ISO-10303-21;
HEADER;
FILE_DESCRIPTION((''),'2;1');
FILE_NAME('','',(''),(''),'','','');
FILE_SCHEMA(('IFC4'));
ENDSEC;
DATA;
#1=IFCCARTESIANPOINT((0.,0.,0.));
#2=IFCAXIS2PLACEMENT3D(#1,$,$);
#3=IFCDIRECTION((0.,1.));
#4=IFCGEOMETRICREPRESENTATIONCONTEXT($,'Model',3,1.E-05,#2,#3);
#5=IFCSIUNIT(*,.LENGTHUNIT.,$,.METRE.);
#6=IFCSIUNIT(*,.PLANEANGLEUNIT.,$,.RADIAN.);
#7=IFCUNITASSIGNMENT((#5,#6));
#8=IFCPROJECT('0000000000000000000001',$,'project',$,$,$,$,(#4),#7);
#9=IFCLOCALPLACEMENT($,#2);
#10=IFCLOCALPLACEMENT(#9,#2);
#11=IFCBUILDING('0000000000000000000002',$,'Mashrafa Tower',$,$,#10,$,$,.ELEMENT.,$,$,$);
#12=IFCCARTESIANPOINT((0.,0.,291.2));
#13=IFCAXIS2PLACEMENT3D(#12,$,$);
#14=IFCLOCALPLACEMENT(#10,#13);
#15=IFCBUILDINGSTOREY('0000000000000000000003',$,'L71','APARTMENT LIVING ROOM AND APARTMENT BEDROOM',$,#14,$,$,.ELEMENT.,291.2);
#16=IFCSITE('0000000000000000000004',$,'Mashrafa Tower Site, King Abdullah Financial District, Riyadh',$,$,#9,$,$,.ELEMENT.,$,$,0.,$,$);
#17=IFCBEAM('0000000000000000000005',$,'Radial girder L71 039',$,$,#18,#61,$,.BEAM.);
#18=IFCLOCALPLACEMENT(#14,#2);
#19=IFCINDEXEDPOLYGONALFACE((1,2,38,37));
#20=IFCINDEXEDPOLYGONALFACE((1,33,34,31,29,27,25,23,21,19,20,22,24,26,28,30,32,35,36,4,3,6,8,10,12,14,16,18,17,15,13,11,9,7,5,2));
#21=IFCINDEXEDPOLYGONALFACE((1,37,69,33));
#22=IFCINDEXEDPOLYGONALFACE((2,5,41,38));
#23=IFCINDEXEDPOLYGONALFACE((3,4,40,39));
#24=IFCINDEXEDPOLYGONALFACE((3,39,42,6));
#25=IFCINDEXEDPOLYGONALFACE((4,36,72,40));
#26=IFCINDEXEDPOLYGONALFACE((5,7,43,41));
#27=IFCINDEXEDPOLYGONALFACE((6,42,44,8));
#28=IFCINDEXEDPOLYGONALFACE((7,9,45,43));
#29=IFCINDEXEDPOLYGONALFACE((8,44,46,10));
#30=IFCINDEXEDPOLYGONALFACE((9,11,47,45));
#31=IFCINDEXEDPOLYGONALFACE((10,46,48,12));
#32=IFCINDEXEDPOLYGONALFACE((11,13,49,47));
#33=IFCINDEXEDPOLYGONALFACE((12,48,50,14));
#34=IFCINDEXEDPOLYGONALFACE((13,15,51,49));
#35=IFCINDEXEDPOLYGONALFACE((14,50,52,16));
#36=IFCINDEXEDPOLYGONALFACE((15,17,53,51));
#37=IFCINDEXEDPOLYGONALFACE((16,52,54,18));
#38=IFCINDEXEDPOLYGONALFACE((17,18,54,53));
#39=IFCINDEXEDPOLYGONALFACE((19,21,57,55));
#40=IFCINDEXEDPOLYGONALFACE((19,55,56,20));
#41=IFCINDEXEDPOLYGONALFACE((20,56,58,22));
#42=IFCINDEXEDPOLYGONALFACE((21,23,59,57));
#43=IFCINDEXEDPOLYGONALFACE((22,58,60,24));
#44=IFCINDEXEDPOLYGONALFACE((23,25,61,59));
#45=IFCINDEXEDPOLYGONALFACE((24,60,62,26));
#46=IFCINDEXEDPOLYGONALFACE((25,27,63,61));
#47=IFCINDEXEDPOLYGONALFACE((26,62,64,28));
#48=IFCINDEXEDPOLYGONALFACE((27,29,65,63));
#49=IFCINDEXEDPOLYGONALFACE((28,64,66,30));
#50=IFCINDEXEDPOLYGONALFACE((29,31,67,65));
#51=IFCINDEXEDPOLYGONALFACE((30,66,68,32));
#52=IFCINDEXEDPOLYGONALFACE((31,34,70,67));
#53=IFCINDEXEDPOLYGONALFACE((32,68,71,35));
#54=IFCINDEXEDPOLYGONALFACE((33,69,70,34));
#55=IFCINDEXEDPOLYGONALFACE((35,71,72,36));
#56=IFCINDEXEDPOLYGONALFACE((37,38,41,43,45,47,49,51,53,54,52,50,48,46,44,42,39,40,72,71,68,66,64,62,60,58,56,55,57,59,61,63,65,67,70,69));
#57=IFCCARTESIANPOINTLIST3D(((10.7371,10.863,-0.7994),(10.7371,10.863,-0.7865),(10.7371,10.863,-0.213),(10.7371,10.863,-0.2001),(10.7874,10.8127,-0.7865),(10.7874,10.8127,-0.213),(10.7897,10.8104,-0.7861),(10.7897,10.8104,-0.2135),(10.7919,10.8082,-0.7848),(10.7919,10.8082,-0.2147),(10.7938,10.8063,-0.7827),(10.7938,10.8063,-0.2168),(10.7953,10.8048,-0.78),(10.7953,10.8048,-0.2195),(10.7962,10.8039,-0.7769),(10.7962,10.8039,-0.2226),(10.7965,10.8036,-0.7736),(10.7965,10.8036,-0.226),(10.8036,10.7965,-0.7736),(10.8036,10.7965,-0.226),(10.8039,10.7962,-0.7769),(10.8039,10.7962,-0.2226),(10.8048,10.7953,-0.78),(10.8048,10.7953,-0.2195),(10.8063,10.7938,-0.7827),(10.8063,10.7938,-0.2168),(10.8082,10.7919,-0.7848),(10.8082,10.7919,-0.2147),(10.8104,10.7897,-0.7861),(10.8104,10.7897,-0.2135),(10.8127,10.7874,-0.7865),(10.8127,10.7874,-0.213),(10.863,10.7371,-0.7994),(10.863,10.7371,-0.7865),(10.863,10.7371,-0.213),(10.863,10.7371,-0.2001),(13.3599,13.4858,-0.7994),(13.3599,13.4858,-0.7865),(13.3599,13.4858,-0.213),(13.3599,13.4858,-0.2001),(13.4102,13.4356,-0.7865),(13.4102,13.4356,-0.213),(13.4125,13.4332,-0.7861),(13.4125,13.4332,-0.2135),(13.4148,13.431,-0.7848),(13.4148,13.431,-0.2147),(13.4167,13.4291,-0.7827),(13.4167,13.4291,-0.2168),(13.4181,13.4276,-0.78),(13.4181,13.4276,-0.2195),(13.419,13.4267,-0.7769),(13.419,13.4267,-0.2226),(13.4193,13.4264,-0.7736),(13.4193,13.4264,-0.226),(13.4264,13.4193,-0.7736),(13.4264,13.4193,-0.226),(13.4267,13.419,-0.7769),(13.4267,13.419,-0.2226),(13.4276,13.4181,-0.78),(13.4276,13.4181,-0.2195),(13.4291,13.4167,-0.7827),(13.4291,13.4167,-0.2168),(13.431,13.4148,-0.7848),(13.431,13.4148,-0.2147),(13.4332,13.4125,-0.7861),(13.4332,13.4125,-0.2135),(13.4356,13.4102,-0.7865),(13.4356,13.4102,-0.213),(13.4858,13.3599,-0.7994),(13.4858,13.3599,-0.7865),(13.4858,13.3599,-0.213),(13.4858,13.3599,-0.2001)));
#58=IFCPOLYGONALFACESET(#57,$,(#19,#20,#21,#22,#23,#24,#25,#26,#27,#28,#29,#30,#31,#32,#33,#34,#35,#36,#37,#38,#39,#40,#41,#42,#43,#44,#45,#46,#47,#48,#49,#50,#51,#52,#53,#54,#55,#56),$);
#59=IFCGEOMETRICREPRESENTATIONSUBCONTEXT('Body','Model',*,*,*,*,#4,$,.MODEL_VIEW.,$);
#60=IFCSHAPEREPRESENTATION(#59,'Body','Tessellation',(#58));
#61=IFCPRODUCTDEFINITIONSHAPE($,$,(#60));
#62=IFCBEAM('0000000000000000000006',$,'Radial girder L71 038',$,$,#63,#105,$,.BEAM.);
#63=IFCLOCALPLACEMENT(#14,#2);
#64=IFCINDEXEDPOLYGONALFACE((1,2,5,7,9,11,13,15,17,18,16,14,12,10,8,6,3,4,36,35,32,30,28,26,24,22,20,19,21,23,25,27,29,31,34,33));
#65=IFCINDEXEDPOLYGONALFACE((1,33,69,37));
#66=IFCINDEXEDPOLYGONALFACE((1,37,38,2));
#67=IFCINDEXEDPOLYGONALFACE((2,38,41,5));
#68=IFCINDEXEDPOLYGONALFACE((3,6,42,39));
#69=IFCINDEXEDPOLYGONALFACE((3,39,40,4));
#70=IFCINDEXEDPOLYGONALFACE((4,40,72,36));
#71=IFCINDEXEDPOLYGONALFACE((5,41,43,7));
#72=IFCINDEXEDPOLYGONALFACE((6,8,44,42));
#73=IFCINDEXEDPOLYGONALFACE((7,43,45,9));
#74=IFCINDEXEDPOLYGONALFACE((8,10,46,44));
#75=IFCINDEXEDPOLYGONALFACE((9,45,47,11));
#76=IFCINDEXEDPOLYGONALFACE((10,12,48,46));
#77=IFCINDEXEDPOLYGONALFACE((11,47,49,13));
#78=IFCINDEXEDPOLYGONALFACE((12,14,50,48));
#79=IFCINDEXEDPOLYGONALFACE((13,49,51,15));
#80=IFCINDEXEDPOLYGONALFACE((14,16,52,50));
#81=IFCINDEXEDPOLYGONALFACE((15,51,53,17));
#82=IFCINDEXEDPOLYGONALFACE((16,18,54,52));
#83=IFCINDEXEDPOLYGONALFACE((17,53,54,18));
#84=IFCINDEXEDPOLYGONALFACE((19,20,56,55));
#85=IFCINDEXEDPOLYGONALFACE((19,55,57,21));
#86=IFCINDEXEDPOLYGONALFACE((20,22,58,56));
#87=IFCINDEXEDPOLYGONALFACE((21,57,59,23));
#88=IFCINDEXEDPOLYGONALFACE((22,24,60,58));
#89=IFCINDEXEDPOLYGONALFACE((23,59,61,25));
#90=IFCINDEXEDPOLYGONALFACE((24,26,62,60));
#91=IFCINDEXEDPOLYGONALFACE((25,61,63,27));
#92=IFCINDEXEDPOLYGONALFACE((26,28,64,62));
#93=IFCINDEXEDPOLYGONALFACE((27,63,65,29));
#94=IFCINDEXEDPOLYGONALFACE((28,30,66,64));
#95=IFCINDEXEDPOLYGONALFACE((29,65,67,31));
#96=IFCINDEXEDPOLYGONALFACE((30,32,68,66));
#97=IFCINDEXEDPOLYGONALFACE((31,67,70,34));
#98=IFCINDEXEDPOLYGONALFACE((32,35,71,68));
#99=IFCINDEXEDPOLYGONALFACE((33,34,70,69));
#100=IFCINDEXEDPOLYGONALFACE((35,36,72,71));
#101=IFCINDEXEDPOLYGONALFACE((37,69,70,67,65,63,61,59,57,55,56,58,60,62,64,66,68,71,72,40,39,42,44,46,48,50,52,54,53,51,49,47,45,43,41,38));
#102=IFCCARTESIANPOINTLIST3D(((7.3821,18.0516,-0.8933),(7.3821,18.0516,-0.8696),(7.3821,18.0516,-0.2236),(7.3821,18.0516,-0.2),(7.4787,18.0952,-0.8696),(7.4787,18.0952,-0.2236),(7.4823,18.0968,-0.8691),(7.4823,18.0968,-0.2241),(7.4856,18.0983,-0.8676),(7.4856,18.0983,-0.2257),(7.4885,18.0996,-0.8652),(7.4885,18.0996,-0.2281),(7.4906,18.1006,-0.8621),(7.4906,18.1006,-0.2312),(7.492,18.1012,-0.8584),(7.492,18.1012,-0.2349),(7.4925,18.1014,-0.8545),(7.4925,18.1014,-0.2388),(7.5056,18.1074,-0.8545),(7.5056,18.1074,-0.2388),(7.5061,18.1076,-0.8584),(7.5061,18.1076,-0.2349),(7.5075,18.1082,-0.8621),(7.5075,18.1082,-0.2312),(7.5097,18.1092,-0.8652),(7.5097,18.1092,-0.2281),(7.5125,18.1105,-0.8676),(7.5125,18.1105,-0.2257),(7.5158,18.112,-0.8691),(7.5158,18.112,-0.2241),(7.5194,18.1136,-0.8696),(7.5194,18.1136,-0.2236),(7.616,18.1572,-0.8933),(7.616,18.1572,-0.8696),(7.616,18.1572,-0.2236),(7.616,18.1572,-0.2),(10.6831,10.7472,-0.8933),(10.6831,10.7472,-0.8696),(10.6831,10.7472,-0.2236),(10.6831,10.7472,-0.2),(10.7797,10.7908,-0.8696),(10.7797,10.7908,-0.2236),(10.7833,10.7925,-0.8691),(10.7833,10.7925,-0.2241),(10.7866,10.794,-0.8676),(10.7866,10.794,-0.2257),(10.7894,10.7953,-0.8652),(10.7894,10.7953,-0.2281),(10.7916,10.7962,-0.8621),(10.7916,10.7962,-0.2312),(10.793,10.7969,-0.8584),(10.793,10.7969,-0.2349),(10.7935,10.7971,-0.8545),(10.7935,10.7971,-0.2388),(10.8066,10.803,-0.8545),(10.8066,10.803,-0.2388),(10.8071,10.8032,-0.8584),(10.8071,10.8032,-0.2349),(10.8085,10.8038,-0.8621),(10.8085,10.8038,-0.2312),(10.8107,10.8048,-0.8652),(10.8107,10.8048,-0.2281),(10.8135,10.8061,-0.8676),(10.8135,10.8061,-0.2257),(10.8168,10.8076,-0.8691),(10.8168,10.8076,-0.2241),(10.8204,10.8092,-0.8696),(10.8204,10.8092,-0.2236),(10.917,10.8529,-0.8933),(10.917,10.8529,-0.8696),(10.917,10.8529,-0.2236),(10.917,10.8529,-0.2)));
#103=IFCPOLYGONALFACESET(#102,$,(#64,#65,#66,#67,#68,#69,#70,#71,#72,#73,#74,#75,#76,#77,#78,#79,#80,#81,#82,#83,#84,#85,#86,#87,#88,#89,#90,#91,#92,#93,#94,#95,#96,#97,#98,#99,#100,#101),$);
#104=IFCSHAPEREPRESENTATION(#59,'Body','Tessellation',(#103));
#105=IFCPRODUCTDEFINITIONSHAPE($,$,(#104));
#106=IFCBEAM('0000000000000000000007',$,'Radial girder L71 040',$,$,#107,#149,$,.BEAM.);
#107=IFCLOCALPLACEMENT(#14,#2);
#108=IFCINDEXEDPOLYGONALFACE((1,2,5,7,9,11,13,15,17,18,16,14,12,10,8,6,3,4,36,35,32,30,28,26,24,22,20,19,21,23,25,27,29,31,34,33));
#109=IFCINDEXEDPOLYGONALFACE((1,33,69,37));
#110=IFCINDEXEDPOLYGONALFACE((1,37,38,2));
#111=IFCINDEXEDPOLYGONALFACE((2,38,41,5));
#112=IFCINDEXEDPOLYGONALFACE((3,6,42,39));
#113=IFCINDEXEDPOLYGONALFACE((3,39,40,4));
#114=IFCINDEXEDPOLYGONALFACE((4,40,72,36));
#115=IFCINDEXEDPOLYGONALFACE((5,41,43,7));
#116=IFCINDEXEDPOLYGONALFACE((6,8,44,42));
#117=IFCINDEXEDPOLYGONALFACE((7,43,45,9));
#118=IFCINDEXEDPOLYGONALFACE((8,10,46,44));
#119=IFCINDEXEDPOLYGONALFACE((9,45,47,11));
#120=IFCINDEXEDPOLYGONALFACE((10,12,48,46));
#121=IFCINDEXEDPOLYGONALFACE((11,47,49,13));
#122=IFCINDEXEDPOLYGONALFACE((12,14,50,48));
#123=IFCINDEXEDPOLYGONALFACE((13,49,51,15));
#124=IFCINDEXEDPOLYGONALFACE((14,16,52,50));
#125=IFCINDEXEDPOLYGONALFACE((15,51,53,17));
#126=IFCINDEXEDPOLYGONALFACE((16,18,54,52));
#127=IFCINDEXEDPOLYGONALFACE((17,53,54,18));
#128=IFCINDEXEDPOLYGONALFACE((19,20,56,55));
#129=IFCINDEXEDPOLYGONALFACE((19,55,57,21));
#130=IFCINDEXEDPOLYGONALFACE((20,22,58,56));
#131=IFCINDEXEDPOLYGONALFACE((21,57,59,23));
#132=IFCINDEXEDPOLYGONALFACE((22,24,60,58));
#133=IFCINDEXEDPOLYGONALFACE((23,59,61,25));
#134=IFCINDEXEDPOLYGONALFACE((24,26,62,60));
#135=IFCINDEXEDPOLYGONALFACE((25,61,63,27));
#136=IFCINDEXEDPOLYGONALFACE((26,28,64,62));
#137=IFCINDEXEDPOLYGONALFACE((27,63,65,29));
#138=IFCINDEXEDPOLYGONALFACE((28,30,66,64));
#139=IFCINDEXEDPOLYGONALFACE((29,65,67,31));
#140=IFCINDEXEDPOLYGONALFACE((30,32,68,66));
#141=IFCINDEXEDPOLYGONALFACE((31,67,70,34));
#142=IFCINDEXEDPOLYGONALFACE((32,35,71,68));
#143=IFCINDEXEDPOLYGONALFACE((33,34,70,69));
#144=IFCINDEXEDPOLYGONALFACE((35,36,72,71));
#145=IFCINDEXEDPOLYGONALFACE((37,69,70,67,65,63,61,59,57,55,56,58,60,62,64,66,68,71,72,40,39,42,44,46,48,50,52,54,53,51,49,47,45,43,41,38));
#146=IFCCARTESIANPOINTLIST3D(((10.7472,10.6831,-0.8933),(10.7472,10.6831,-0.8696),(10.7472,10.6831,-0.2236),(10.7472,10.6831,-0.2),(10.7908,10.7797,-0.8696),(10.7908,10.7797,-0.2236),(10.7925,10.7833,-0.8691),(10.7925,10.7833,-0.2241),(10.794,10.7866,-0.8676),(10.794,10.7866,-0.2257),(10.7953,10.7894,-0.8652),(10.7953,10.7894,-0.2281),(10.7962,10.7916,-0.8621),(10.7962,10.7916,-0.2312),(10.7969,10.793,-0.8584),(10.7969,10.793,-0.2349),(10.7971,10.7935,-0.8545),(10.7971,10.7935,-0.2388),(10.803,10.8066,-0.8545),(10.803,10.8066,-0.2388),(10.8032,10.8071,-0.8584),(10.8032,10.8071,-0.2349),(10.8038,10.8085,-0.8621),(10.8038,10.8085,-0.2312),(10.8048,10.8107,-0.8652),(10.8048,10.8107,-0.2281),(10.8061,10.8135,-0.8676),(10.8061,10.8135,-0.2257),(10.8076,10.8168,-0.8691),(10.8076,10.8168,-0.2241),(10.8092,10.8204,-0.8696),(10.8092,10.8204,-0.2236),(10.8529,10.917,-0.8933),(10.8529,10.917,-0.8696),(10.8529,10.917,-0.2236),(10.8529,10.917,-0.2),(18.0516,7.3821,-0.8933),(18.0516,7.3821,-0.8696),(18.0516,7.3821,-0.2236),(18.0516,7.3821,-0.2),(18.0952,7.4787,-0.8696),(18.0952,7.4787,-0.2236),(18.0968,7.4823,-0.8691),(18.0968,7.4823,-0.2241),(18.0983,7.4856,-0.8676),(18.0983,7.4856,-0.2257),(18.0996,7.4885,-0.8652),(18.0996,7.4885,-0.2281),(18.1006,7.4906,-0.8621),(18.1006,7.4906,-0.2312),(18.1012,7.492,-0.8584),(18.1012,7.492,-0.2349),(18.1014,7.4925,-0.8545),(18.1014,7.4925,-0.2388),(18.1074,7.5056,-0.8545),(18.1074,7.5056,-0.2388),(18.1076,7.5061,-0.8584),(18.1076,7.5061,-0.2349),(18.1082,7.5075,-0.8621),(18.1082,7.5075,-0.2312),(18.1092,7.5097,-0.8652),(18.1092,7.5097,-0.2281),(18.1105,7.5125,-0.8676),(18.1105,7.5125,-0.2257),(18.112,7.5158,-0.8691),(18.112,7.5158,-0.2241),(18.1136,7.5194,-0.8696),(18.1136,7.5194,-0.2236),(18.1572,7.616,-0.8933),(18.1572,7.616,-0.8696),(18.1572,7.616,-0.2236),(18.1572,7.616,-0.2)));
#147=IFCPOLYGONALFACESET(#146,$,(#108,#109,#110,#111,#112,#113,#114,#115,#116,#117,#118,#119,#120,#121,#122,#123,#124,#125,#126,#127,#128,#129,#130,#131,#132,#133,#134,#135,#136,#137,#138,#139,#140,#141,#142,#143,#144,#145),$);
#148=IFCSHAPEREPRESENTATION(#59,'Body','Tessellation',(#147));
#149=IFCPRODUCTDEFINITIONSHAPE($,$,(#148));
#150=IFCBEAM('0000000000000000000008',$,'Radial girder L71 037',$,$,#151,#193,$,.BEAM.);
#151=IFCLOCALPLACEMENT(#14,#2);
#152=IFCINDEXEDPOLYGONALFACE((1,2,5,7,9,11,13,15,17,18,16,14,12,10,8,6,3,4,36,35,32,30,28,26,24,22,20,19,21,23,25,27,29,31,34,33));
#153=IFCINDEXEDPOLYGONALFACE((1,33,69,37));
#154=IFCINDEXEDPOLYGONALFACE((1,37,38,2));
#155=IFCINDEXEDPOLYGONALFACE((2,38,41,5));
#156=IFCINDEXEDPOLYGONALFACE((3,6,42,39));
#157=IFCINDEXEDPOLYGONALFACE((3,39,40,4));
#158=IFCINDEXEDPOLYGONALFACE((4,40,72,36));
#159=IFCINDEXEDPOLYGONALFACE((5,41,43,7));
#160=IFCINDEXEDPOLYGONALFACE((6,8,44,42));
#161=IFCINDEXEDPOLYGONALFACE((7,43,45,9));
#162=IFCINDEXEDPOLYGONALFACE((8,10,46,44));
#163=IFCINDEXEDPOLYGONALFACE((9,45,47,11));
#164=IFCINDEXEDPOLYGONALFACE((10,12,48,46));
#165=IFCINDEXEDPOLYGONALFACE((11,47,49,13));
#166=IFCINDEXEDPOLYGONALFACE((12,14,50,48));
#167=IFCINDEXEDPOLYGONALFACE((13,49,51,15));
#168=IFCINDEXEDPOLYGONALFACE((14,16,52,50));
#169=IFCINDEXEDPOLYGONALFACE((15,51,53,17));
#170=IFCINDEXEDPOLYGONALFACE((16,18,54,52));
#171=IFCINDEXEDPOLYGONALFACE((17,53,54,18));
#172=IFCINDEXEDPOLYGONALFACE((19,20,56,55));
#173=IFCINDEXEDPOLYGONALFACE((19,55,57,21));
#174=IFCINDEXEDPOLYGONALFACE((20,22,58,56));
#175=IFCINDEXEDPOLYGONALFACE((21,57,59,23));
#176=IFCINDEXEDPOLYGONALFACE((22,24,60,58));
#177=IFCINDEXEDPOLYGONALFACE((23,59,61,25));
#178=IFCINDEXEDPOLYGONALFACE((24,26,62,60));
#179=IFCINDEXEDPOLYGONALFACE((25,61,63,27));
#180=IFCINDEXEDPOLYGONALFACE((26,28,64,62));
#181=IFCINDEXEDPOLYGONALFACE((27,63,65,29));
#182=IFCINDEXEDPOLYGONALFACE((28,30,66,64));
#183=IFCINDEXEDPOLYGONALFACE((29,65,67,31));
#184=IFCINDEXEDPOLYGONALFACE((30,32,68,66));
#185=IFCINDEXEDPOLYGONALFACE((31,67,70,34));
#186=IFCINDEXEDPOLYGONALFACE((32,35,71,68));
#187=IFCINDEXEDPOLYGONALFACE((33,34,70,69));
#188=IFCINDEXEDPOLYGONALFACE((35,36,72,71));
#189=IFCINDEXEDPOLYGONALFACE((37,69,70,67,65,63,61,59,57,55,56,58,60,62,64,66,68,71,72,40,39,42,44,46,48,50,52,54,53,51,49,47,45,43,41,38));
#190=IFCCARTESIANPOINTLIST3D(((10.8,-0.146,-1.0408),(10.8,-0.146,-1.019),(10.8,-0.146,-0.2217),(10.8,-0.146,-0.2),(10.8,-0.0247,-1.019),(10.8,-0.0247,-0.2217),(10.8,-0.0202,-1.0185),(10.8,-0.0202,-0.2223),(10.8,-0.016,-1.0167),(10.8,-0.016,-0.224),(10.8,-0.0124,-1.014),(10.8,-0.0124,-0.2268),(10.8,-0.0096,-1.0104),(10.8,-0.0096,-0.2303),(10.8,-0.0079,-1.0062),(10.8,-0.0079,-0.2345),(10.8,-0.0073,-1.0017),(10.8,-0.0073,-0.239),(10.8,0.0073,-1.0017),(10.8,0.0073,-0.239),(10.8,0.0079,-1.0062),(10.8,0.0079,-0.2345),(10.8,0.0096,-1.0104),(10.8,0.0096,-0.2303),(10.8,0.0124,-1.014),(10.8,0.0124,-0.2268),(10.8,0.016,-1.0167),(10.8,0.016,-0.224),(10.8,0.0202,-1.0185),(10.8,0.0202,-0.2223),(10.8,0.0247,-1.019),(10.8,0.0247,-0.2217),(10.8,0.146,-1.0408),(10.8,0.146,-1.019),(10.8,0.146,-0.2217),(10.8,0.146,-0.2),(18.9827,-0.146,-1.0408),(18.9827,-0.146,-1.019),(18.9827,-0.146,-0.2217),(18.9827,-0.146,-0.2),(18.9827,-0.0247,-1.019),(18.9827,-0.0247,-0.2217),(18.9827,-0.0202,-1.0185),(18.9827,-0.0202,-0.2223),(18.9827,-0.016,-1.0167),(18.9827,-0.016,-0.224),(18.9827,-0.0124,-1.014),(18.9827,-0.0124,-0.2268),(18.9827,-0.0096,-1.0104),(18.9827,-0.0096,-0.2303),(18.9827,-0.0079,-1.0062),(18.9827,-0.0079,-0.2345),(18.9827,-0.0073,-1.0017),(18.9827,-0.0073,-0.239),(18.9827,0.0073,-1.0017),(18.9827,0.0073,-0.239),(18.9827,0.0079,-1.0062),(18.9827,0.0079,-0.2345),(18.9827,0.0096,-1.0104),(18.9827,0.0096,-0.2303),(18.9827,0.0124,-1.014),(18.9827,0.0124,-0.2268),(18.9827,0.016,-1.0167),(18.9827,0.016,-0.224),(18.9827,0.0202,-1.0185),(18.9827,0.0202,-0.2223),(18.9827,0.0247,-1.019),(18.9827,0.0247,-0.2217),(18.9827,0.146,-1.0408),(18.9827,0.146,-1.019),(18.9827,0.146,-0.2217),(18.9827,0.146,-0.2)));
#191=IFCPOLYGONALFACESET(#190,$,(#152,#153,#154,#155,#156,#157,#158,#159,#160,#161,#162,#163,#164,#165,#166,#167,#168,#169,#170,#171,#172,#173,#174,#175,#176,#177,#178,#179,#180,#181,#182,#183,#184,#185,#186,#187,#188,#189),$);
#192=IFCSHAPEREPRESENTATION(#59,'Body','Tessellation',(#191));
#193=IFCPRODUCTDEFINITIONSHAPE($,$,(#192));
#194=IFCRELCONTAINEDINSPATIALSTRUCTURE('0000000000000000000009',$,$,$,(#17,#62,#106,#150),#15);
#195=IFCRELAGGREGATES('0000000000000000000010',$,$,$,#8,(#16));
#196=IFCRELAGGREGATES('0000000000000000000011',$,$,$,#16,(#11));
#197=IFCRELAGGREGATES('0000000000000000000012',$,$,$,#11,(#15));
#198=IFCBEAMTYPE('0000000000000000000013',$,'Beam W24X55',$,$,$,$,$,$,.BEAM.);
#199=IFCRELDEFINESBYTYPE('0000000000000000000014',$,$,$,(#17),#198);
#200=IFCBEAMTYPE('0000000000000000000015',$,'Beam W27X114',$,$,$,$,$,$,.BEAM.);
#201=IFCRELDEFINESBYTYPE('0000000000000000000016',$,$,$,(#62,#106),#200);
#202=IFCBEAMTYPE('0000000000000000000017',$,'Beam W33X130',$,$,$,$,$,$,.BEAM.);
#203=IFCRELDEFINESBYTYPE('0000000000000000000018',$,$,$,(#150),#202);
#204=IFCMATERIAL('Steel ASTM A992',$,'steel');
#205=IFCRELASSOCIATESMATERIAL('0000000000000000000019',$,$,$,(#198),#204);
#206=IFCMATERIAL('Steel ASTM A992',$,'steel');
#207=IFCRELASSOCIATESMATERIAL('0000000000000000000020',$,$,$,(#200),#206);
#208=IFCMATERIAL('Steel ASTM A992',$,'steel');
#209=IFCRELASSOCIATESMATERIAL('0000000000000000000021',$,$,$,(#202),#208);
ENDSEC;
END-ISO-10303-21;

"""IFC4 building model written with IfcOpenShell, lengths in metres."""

from ifc_helpers import new_model, si_unit, direction, frame, origin, origin_2d, place, context, subcontext, project, spatial, i_section, extrude, material, material_profile, profile_set, type_object, element, save


model = new_model("IFC4")

# Units and contexts
model_context = context("Model", 3, precision=1e-05, world=origin(), true_north=direction((0.0, 1.0)))
body_context = subcontext(model_context, "Body", "Model", "MODEL_VIEW")
ifc_project = project(units=[si_unit("LENGTHUNIT", "METRE"), si_unit("PLANEANGLEUNIT", "RADIAN")], contexts=[model_context])

# Site, building, storey
site_placement = place(None, origin())
site = spatial("IfcSite", under=ifc_project, at=site_placement, Name="Mashrafa Tower Site, King Abdullah Financial District, Riyadh", CompositionType="ELEMENT", RefElevation=0.0)
building_placement = place(site_placement, origin())
building = spatial("IfcBuilding", under=site, at=building_placement, Name="Mashrafa Tower", CompositionType="ELEMENT")
storey_placement = place(building_placement, frame((0.0, 0.0, 291.2)))
storey = spatial("IfcBuildingStorey", under=building, at=storey_placement, Name="L71", Description="APARTMENT LIVING ROOM AND APARTMENT BEDROOM", CompositionType="ELEMENT", Elevation=291.2)

# Beams
ifc_material_1 = material(Name="Steel ASTM A992", Category="steel")
ifc_material_profile_1 = material_profile(ifc_material_1, i_section(OverallWidth=0.178, OverallDepth=0.5994, WebThickness=0.01, FlangeThickness=0.0129, FilletRadius=0.0129, at=origin_2d()), Name="W24X55")
ifc_profile_set_1 = profile_set([ifc_material_profile_1], Name="Steel ASTM A992")
beam_type_1 = type_object("IfcBeamType", Name="Beam W24X55", PredefinedType="BEAM", material=ifc_profile_set_1)
beam_1_placement = place(storey_placement, frame((10.8, 10.8, -0.4998), z_axis=(0.707107, 0.707107, 0.0), x_axis=(-0.707107, 0.707107, 0.0)))
element("IfcBeam", 1, at=beam_1_placement, inside=storey, type_object=beam_type_1, Name="Radial girder L71 039", PredefinedType="BEAM", context=body_context, shape_type="SweptSolid", body=[
    extrude(i_section(OverallWidth=0.178, OverallDepth=0.5994, WebThickness=0.01, FlangeThickness=0.0129, FilletRadius=0.0129, at=origin_2d()), origin(), (0.0, 0.0, 1.0), 3.7092),
])
ifc_material_2 = material(Name="Steel ASTM A992", Category="steel")
ifc_material_profile_2 = material_profile(ifc_material_2, i_section(OverallWidth=0.2566, OverallDepth=0.6934, WebThickness=0.0144, FlangeThickness=0.0237, FilletRadius=0.0151, at=origin_2d()), Name="W27X114")
ifc_profile_set_2 = profile_set([ifc_material_profile_2], Name="Steel ASTM A992")
beam_type_2 = type_object("IfcBeamType", Name="Beam W27X114", PredefinedType="BEAM", material=ifc_profile_set_2)
for number, where, z_axis, x_axis, name in (
    (2, (10.8, 10.8, -0.5466), (-0.411819, 0.911266, 0.0), (-0.911266, -0.411819, 0.0), "Radial girder L71 038"),
    (3, (10.8, 10.8, -0.5466), (0.911266, -0.411819, 0.0), (0.411819, 0.911266, 0.0), "Radial girder L71 040"),
):
    element("IfcBeam", number, at=place(storey_placement, frame(where, z_axis=z_axis, x_axis=x_axis)), inside=storey, type_object=beam_type_2, Name=name, PredefinedType="BEAM", context=body_context, shape_type="SweptSolid", body=[
        extrude(i_section(OverallWidth=0.2566, OverallDepth=0.6934, WebThickness=0.0144, FlangeThickness=0.0237, FilletRadius=0.0151, at=origin_2d()), origin(), (0.0, 0.0, 1.0), 8.0156),
    ])
ifc_material_3 = material(Name="Steel ASTM A992", Category="steel")
ifc_material_profile_3 = material_profile(ifc_material_3, i_section(OverallWidth=0.292, OverallDepth=0.8408, WebThickness=0.0146, FlangeThickness=0.0217, FilletRadius=0.0173, at=origin_2d()), Name="W33X130")
ifc_profile_set_3 = profile_set([ifc_material_profile_3], Name="Steel ASTM A992")
beam_type_3 = type_object("IfcBeamType", Name="Beam W33X130", PredefinedType="BEAM", material=ifc_profile_set_3)
beam_2_placement = place(storey_placement, frame((10.8, 0.0, -0.6204), z_axis=(1.0, 0.0, 0.0), x_axis=(0.0, 1.0, 0.0)))
element("IfcBeam", 4, at=beam_2_placement, inside=storey, type_object=beam_type_3, Name="Radial girder L71 037", PredefinedType="BEAM", context=body_context, shape_type="SweptSolid", body=[
    extrude(i_section(OverallWidth=0.292, OverallDepth=0.8408, WebThickness=0.0146, FlangeThickness=0.0217, FilletRadius=0.0173, at=origin_2d()), origin(), (0.0, 0.0, 1.0), 8.1826),
])

save(model, "model.ifc")
